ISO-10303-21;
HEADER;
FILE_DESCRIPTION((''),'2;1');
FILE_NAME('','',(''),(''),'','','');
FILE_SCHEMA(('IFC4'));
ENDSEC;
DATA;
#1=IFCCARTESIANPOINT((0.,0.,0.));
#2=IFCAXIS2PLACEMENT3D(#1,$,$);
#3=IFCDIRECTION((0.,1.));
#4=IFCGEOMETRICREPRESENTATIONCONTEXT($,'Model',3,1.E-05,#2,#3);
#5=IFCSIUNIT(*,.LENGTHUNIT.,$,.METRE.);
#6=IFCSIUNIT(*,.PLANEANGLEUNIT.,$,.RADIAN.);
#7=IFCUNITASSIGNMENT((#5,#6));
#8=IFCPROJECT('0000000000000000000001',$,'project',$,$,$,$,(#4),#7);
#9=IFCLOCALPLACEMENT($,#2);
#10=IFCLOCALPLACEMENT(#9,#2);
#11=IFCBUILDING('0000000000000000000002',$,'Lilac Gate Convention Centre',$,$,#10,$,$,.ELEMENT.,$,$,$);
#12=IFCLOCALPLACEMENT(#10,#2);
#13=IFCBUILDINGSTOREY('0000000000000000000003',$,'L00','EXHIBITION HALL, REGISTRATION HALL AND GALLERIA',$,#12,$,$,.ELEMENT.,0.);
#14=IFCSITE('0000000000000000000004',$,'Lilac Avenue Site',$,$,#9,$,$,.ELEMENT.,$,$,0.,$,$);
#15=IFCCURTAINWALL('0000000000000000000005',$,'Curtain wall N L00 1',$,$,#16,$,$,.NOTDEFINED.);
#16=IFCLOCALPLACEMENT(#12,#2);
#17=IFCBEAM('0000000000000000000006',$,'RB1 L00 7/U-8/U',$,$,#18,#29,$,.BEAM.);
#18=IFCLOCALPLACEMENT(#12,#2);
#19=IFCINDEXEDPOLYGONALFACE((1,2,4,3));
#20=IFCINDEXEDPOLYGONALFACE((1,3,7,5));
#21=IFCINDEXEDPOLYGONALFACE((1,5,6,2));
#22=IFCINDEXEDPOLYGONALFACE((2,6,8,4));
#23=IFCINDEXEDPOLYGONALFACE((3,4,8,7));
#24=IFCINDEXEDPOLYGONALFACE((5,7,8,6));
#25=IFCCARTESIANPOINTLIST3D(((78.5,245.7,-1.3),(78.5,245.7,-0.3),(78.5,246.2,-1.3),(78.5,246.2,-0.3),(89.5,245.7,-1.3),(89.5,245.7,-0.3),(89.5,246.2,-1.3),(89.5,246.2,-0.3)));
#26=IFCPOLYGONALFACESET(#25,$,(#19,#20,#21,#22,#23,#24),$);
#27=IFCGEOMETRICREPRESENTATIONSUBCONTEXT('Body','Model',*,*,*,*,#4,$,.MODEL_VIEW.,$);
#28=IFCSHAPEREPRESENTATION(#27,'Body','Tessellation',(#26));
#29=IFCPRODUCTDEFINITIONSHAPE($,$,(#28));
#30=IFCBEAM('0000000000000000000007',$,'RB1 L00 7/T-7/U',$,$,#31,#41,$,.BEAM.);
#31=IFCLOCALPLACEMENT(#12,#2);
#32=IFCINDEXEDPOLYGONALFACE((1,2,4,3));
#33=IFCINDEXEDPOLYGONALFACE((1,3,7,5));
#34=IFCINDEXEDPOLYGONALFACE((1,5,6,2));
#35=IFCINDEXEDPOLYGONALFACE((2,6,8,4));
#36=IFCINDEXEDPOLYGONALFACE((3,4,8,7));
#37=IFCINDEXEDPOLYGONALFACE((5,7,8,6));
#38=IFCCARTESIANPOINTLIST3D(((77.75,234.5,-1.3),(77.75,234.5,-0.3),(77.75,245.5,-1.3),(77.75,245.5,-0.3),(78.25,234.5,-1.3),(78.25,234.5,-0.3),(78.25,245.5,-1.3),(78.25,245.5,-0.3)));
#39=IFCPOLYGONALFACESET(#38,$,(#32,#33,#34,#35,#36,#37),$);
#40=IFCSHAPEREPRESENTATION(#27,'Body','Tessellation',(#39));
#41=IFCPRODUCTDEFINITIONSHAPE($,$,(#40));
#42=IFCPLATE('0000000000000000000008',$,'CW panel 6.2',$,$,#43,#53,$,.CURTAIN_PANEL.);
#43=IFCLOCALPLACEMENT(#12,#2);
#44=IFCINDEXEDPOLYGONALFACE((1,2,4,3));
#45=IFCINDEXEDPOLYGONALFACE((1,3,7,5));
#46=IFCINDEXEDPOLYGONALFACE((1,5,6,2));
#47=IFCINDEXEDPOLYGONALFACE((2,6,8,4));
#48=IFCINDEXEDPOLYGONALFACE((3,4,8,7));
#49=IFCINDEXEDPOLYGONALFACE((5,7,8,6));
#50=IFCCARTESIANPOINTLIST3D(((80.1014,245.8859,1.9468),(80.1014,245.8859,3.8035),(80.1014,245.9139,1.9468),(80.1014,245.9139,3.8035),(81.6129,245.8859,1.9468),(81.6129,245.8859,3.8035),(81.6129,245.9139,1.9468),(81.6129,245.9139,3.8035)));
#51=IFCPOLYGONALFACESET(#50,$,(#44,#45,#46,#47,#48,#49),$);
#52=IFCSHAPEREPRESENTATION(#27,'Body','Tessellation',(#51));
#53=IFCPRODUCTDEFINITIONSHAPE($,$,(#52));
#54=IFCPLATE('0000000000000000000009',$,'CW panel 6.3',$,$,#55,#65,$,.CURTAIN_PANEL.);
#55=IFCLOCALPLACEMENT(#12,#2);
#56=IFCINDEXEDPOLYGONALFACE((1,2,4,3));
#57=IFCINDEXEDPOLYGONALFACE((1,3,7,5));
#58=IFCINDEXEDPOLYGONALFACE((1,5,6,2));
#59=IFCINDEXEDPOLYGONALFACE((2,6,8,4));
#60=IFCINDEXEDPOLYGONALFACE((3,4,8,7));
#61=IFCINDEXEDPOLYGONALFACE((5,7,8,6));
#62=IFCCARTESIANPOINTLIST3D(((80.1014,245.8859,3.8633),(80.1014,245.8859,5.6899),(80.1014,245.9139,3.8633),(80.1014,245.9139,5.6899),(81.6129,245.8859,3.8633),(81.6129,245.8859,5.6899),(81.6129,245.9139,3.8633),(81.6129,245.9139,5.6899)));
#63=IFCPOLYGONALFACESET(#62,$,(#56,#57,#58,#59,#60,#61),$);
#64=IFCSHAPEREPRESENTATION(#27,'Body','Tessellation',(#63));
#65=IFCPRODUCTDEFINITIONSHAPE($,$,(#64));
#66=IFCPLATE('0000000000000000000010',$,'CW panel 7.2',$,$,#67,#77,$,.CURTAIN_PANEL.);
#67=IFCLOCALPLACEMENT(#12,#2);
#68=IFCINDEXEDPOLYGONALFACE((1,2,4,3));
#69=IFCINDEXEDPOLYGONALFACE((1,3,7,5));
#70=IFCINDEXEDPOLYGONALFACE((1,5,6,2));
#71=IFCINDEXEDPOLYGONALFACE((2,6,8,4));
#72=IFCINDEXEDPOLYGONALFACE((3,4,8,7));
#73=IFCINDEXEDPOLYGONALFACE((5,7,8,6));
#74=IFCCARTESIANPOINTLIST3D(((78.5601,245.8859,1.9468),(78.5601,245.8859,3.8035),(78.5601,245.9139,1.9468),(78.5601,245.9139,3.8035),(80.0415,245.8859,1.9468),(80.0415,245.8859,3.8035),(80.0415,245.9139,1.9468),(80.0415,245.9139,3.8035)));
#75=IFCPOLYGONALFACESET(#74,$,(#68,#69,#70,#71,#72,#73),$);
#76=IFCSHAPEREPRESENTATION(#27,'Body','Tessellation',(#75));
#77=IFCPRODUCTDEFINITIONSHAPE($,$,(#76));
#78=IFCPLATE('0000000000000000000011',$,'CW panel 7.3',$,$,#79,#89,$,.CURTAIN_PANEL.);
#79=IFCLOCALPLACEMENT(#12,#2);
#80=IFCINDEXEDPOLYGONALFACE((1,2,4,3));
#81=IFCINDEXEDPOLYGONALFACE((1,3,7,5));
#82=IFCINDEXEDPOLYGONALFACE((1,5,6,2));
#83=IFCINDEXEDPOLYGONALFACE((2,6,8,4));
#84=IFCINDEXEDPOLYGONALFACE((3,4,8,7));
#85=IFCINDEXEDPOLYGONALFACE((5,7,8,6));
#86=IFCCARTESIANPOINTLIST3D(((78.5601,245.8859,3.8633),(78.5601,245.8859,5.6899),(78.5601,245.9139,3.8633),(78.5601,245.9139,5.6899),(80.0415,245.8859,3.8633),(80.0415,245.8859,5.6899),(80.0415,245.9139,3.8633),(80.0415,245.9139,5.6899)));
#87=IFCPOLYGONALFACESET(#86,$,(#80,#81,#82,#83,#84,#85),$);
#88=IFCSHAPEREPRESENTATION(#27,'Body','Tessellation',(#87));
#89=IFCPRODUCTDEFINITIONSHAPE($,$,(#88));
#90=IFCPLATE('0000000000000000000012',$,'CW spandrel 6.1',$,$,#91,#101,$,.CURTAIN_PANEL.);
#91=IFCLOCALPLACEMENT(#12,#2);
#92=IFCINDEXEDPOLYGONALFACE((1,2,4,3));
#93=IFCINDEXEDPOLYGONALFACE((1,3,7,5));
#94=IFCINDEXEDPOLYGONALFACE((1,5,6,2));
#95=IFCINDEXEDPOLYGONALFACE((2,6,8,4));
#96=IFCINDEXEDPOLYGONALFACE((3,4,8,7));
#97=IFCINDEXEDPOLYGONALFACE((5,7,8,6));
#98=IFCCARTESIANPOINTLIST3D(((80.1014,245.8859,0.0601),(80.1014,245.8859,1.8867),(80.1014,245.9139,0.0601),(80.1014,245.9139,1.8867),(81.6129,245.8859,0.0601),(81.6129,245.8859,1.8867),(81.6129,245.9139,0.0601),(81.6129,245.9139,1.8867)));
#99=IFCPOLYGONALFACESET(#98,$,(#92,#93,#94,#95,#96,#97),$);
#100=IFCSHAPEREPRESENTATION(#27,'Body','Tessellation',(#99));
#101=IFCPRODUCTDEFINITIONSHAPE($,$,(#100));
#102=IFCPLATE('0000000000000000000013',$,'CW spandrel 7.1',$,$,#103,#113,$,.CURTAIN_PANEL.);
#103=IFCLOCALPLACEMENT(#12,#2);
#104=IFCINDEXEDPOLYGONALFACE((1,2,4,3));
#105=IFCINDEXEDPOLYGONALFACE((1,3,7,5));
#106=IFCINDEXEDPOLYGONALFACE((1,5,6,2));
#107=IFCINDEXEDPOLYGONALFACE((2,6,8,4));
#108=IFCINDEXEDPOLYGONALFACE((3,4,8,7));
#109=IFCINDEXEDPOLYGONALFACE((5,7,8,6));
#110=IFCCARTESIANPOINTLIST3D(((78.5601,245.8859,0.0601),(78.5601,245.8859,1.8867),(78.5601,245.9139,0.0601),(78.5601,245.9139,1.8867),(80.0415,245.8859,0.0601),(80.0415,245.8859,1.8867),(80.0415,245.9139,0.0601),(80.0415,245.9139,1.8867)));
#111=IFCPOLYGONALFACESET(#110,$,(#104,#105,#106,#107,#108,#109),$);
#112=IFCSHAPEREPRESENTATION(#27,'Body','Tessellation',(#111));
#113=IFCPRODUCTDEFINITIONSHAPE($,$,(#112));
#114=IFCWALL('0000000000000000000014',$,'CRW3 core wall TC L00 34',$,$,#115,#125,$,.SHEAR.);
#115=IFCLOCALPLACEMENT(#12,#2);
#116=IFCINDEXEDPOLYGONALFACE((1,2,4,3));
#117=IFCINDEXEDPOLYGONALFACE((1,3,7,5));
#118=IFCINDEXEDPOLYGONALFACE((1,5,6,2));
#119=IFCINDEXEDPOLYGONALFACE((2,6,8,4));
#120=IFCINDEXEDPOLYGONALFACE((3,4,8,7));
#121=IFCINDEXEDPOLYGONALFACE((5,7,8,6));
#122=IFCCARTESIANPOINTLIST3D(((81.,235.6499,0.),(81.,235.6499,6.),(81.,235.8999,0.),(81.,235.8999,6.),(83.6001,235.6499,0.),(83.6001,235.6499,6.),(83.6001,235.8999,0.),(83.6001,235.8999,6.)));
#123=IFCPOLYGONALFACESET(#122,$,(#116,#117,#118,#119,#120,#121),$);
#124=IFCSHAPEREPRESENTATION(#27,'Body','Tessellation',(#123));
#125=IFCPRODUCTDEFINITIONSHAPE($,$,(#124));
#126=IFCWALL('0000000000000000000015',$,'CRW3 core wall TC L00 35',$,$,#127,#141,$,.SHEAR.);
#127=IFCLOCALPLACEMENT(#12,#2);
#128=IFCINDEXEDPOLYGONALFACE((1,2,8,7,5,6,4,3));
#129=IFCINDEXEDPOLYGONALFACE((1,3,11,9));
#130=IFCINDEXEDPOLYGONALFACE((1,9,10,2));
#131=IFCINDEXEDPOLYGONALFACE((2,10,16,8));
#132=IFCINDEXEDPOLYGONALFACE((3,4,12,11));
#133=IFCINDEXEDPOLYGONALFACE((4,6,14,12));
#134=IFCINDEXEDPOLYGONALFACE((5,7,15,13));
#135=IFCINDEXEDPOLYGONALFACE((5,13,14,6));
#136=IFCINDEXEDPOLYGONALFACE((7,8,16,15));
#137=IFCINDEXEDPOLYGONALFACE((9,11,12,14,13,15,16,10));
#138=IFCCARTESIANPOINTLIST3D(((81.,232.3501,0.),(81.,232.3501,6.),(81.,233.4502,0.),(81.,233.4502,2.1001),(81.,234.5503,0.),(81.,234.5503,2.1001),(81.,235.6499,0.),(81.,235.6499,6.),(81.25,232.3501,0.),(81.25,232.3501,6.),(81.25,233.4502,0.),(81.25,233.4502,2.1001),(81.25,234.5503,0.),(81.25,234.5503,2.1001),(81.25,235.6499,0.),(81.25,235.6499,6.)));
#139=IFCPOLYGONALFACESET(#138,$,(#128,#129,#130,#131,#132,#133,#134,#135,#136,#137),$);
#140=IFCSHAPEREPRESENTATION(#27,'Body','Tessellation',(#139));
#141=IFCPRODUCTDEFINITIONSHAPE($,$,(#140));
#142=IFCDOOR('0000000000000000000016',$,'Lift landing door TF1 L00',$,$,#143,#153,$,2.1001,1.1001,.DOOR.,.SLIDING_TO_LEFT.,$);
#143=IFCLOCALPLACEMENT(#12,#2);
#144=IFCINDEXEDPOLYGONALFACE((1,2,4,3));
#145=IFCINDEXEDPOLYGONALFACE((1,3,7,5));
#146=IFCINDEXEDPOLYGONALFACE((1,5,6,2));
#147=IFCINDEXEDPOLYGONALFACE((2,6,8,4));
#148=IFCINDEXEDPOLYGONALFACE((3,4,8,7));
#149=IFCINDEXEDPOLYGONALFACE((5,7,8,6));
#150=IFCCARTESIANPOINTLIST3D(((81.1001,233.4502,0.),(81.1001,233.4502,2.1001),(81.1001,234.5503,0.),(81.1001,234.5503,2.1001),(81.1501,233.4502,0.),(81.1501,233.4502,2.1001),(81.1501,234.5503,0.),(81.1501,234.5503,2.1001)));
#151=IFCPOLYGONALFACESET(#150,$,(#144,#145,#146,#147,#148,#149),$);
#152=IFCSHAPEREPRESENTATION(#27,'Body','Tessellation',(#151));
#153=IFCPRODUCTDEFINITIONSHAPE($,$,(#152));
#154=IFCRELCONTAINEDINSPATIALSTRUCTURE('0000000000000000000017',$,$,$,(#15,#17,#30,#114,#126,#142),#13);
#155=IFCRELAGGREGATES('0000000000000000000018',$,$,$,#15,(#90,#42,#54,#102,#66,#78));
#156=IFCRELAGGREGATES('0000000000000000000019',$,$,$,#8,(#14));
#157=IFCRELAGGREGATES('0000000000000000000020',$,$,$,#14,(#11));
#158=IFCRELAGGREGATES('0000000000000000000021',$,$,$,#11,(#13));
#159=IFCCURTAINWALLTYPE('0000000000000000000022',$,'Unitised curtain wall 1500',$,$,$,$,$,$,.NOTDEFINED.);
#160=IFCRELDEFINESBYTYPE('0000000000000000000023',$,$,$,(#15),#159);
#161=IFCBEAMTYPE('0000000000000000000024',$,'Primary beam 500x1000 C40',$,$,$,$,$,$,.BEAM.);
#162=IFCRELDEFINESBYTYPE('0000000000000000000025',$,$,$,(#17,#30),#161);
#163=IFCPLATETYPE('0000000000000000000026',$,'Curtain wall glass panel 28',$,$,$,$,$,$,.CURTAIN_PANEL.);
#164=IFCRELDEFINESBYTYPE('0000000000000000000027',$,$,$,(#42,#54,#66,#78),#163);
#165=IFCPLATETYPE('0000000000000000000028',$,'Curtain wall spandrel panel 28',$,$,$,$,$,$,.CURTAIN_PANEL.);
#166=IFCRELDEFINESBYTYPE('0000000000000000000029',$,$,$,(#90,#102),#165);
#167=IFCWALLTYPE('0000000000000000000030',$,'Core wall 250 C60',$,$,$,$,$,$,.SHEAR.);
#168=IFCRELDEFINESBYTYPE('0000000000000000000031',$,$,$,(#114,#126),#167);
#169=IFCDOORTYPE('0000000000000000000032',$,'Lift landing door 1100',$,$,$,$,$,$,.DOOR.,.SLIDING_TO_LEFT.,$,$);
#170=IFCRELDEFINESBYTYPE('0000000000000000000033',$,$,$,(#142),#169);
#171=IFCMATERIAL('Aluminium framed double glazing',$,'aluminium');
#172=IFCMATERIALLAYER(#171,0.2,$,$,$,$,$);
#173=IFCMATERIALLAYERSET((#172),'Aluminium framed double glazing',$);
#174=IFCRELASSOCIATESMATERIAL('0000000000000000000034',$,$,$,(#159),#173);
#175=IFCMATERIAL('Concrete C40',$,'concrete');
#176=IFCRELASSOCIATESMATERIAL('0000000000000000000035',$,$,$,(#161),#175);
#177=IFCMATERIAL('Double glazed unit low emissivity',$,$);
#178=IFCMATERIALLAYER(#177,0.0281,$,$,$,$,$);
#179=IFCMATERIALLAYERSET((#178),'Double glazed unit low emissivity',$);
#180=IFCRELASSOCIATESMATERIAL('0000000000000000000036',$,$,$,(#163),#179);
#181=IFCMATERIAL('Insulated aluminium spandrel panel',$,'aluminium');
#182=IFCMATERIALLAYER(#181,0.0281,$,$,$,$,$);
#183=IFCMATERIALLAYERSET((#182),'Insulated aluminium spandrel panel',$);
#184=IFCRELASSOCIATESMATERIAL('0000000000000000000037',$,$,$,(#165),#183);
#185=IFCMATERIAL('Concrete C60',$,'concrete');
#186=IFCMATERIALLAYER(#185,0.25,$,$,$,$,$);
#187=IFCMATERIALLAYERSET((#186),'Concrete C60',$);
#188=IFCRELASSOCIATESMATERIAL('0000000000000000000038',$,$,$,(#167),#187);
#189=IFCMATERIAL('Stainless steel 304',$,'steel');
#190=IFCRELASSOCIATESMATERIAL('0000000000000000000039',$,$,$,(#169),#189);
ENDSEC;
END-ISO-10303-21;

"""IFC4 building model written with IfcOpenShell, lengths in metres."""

from ifc_helpers import new_model, si_unit, direction, frame, frame_2d, origin, origin_2d, place, context, subcontext, project, spatial, rectangle, extrude, material, layer, layer_set, material_profile, profile_set, type_object, element, fill, aggregate, save


model = new_model("IFC4")

# Units and contexts
model_context = context("Model", 3, precision=1e-05, world=origin(), true_north=direction((0.0, 1.0)))
body_context = subcontext(model_context, "Body", "Model", "MODEL_VIEW")
ifc_project = project(units=[si_unit("LENGTHUNIT", "METRE"), si_unit("PLANEANGLEUNIT", "RADIAN")], contexts=[model_context])

# Site, building, storey
site_placement = place(None, origin())
site = spatial("IfcSite", under=ifc_project, at=site_placement, Name="Lilac Avenue Site", CompositionType="ELEMENT", RefElevation=0.0)
building_placement = place(site_placement, origin())
building = spatial("IfcBuilding", under=site, at=building_placement, Name="Lilac Gate Convention Centre", CompositionType="ELEMENT")
storey_placement = place(building_placement, origin())
storey = spatial("IfcBuildingStorey", under=building, at=storey_placement, Name="L00", Description="EXHIBITION HALL, REGISTRATION HALL AND GALLERIA", CompositionType="ELEMENT", Elevation=0.0)

# Shared definitions
ifc_material_1 = material(Name="Concrete C40", Category="concrete")

# Curtain wall
ifc_material_2 = material(Name="Aluminium framed double glazing", Category="aluminium")
ifc_layer_1 = layer(ifc_material_2, 0.2)
ifc_layer_set_1 = layer_set([ifc_layer_1], Name="Aluminium framed double glazing")
curtain_wall_type = type_object("IfcCurtainWallType", Name="Unitised curtain wall 1500", PredefinedType="NOTDEFINED", material=ifc_layer_set_1)
curtain_wall_placement = place(storey_placement, origin())
curtain_wall = element("IfcCurtainWall", 1, at=curtain_wall_placement, inside=storey, type_object=curtain_wall_type, Name="Curtain wall N L00 1", PredefinedType="NOTDEFINED")

# Beams
ifc_material_profile_1 = material_profile(ifc_material_1, rectangle(XDim=0.5, YDim=1.0, at=origin_2d()), Name="RC 500x1000")
ifc_profile_set_1 = profile_set([ifc_material_profile_1], Name="Concrete C40")
beam_type_1 = type_object("IfcBeamType", Name="Primary beam 500x1000 C40", PredefinedType="BEAM", material=ifc_profile_set_1)
for number, where, z_axis, x_axis, name in (
    (2, (78.5, 245.95, -0.8), (1.0, 0.0, 0.0), (0.0, 1.0, 0.0), "RB1 L00 7/U-8/U"),
    (3, (78.0, 234.5, -0.8), (0.0, 1.0, 0.0), (-1.0, 0.0, 0.0), "RB1 L00 7/T-7/U"),
):
    element("IfcBeam", number, at=place(storey_placement, frame(where, z_axis=z_axis, x_axis=x_axis)), inside=storey, type_object=beam_type_1, Name=name, PredefinedType="BEAM", context=body_context, shape_type="SweptSolid", body=[
        extrude(rectangle(XDim=0.5, YDim=1.0, at=origin_2d()), origin(), (0.0, 0.0, 1.0), 11.0),
    ])

# Plates
ifc_material_3 = material(Name="Double glazed unit low emissivity")
ifc_layer_2 = layer(ifc_material_3, 0.0281)
ifc_layer_set_2 = layer_set([ifc_layer_2], Name="Double glazed unit low emissivity")
plate_type_1 = type_object("IfcPlateType", Name="Curtain wall glass panel 28", PredefinedType="CURTAIN_PANEL", material=ifc_layer_set_2)
plate_1_placement = place(storey_placement, frame((80.8572, 245.8999, 1.9468), z_axis=(0.0, 0.0, 1.0), x_axis=(-1.0, 0.0, 0.0)))
plate_1 = element("IfcPlate", 4, at=plate_1_placement, type_object=plate_type_1, Name="CW panel 6.2", PredefinedType="CURTAIN_PANEL", context=body_context, shape_type="SweptSolid", body=[
    extrude(rectangle(XDim=1.5115, YDim=0.0281, at=origin_2d()), origin(), (0.0, 0.0, 1.0), 1.8567),
])
plate_2_placement = place(storey_placement, frame((80.8572, 245.8999, 3.8633), z_axis=(0.0, 0.0, 1.0), x_axis=(-1.0, 0.0, 0.0)))
plate_2 = element("IfcPlate", 5, at=plate_2_placement, type_object=plate_type_1, Name="CW panel 6.3", PredefinedType="CURTAIN_PANEL", context=body_context, shape_type="SweptSolid", body=[
    extrude(rectangle(XDim=1.5115, YDim=0.0281, at=origin_2d()), origin(), (0.0, 0.0, 1.0), 1.8267),
])
plate_3_placement = place(storey_placement, frame((79.3008, 245.8999, 1.9468), z_axis=(0.0, 0.0, 1.0), x_axis=(-1.0, 0.0, 0.0)))
plate_3 = element("IfcPlate", 6, at=plate_3_placement, type_object=plate_type_1, Name="CW panel 7.2", PredefinedType="CURTAIN_PANEL", context=body_context, shape_type="SweptSolid", body=[
    extrude(rectangle(XDim=1.4814, YDim=0.0281, at=origin_2d()), origin(), (0.0, 0.0, 1.0), 1.8567),
])
plate_4_placement = place(storey_placement, frame((79.3008, 245.8999, 3.8633), z_axis=(0.0, 0.0, 1.0), x_axis=(-1.0, 0.0, 0.0)))
plate_4 = element("IfcPlate", 7, at=plate_4_placement, type_object=plate_type_1, Name="CW panel 7.3", PredefinedType="CURTAIN_PANEL", context=body_context, shape_type="SweptSolid", body=[
    extrude(rectangle(XDim=1.4814, YDim=0.0281, at=origin_2d()), origin(), (0.0, 0.0, 1.0), 1.8267),
])
ifc_material_4 = material(Name="Insulated aluminium spandrel panel", Category="aluminium")
ifc_layer_3 = layer(ifc_material_4, 0.0281)
ifc_layer_set_3 = layer_set([ifc_layer_3], Name="Insulated aluminium spandrel panel")
plate_type_2 = type_object("IfcPlateType", Name="Curtain wall spandrel panel 28", PredefinedType="CURTAIN_PANEL", material=ifc_layer_set_3)
plate_5_placement = place(storey_placement, frame((80.8572, 245.8999, 0.0601), z_axis=(0.0, 0.0, 1.0), x_axis=(-1.0, 0.0, 0.0)))
plate_5 = element("IfcPlate", 8, at=plate_5_placement, type_object=plate_type_2, Name="CW spandrel 6.1", PredefinedType="CURTAIN_PANEL", context=body_context, shape_type="SweptSolid", body=[
    extrude(rectangle(XDim=1.5115, YDim=0.0281, at=origin_2d()), origin(), (0.0, 0.0, 1.0), 1.8267),
])
plate_6_placement = place(storey_placement, frame((79.3008, 245.8999, 0.0601), z_axis=(0.0, 0.0, 1.0), x_axis=(-1.0, 0.0, 0.0)))
plate_6 = element("IfcPlate", 9, at=plate_6_placement, type_object=plate_type_2, Name="CW spandrel 7.1", PredefinedType="CURTAIN_PANEL", context=body_context, shape_type="SweptSolid", body=[
    extrude(rectangle(XDim=1.4814, YDim=0.0281, at=origin_2d()), origin(), (0.0, 0.0, 1.0), 1.8267),
])
aggregate(curtain_wall, [plate_5, plate_1, plate_2, plate_6, plate_3, plate_4])

# Wall
ifc_material_5 = material(Name="Concrete C60", Category="concrete")
ifc_layer_4 = layer(ifc_material_5, 0.25)
ifc_layer_set_4 = layer_set([ifc_layer_4], Name="Concrete C60")
wall_type_1 = type_object("IfcWallType", Name="Core wall 250 C60", PredefinedType="SHEAR", material=ifc_layer_set_4)
wall_1_placement = place(storey_placement, frame((81.0, 235.7749, 0.0), z_axis=(0.0, 0.0, 1.0), x_axis=(1.0, 0.0, 0.0)))
element("IfcWall", 10, at=wall_1_placement, inside=storey, type_object=wall_type_1, Name="CRW3 core wall TC L00 34", PredefinedType="SHEAR", context=body_context, shape_type="SweptSolid", body=[
    extrude(rectangle(XDim=2.6001, YDim=0.25, at=frame_2d((1.3, 0.0))), origin(), (0.0, 0.0, 1.0), 6.0),
])

# Wall, opening, door
wall_2_placement = place(storey_placement, frame((81.125, 232.3501, 0.0), z_axis=(0.0, 0.0, 1.0), x_axis=(0.0, 1.0, 0.0)))
wall_2 = element("IfcWall", 11, at=wall_2_placement, inside=storey, type_object=wall_type_1, Name="CRW3 core wall TC L00 35", PredefinedType="SHEAR", context=body_context, shape_type="SweptSolid", body=[
    extrude(rectangle(XDim=3.2998, YDim=0.25, at=frame_2d((1.6499, 0.0))), origin(), (0.0, 0.0, 1.0), 6.0),
])
opening_1_placement = place(wall_2_placement, frame((1.1001, 0.0, 0.0)))
opening_1 = element("IfcOpeningElement", 12, at=opening_1_placement, cuts=wall_2, PredefinedType="OPENING", context=body_context, shape_type="SweptSolid", body=[
    extrude(rectangle(XDim=1.1001, YDim=2.1001, at=frame_2d((0.55, 1.05))), frame((0.0, 0.135, 0.0), z_axis=(0.0, -1.0, 0.0), x_axis=(1.0, 0.0, 0.0)), (0.0, 0.0, 1.0), 0.27),
])
ifc_material_6 = material(Name="Stainless steel 304", Category="steel")
door_type_1 = type_object("IfcDoorType", Name="Lift landing door 1100", OperationType="SLIDING_TO_LEFT", PredefinedType="DOOR", material=ifc_material_6)
door_1_placement = place(opening_1_placement, origin())
door_1 = element("IfcDoor", 13, at=door_1_placement, inside=storey, type_object=door_type_1, Name="Lift landing door TF1 L00", OperationType="SLIDING_TO_LEFT", OverallHeight=2.1001, OverallWidth=1.1001, PredefinedType="DOOR", context=body_context, shape_type="SweptSolid", body=[
    extrude(rectangle(XDim=1.1001, YDim=2.1001, at=frame_2d((0.55, 1.05))), frame((0.0, 0.0249, 0.0), z_axis=(0.0, -1.0, 0.0), x_axis=(1.0, 0.0, 0.0)), (0.0, 0.0, 1.0), 0.05),
])
fill(opening_1, door_1)

save(model, "model.ifc")
